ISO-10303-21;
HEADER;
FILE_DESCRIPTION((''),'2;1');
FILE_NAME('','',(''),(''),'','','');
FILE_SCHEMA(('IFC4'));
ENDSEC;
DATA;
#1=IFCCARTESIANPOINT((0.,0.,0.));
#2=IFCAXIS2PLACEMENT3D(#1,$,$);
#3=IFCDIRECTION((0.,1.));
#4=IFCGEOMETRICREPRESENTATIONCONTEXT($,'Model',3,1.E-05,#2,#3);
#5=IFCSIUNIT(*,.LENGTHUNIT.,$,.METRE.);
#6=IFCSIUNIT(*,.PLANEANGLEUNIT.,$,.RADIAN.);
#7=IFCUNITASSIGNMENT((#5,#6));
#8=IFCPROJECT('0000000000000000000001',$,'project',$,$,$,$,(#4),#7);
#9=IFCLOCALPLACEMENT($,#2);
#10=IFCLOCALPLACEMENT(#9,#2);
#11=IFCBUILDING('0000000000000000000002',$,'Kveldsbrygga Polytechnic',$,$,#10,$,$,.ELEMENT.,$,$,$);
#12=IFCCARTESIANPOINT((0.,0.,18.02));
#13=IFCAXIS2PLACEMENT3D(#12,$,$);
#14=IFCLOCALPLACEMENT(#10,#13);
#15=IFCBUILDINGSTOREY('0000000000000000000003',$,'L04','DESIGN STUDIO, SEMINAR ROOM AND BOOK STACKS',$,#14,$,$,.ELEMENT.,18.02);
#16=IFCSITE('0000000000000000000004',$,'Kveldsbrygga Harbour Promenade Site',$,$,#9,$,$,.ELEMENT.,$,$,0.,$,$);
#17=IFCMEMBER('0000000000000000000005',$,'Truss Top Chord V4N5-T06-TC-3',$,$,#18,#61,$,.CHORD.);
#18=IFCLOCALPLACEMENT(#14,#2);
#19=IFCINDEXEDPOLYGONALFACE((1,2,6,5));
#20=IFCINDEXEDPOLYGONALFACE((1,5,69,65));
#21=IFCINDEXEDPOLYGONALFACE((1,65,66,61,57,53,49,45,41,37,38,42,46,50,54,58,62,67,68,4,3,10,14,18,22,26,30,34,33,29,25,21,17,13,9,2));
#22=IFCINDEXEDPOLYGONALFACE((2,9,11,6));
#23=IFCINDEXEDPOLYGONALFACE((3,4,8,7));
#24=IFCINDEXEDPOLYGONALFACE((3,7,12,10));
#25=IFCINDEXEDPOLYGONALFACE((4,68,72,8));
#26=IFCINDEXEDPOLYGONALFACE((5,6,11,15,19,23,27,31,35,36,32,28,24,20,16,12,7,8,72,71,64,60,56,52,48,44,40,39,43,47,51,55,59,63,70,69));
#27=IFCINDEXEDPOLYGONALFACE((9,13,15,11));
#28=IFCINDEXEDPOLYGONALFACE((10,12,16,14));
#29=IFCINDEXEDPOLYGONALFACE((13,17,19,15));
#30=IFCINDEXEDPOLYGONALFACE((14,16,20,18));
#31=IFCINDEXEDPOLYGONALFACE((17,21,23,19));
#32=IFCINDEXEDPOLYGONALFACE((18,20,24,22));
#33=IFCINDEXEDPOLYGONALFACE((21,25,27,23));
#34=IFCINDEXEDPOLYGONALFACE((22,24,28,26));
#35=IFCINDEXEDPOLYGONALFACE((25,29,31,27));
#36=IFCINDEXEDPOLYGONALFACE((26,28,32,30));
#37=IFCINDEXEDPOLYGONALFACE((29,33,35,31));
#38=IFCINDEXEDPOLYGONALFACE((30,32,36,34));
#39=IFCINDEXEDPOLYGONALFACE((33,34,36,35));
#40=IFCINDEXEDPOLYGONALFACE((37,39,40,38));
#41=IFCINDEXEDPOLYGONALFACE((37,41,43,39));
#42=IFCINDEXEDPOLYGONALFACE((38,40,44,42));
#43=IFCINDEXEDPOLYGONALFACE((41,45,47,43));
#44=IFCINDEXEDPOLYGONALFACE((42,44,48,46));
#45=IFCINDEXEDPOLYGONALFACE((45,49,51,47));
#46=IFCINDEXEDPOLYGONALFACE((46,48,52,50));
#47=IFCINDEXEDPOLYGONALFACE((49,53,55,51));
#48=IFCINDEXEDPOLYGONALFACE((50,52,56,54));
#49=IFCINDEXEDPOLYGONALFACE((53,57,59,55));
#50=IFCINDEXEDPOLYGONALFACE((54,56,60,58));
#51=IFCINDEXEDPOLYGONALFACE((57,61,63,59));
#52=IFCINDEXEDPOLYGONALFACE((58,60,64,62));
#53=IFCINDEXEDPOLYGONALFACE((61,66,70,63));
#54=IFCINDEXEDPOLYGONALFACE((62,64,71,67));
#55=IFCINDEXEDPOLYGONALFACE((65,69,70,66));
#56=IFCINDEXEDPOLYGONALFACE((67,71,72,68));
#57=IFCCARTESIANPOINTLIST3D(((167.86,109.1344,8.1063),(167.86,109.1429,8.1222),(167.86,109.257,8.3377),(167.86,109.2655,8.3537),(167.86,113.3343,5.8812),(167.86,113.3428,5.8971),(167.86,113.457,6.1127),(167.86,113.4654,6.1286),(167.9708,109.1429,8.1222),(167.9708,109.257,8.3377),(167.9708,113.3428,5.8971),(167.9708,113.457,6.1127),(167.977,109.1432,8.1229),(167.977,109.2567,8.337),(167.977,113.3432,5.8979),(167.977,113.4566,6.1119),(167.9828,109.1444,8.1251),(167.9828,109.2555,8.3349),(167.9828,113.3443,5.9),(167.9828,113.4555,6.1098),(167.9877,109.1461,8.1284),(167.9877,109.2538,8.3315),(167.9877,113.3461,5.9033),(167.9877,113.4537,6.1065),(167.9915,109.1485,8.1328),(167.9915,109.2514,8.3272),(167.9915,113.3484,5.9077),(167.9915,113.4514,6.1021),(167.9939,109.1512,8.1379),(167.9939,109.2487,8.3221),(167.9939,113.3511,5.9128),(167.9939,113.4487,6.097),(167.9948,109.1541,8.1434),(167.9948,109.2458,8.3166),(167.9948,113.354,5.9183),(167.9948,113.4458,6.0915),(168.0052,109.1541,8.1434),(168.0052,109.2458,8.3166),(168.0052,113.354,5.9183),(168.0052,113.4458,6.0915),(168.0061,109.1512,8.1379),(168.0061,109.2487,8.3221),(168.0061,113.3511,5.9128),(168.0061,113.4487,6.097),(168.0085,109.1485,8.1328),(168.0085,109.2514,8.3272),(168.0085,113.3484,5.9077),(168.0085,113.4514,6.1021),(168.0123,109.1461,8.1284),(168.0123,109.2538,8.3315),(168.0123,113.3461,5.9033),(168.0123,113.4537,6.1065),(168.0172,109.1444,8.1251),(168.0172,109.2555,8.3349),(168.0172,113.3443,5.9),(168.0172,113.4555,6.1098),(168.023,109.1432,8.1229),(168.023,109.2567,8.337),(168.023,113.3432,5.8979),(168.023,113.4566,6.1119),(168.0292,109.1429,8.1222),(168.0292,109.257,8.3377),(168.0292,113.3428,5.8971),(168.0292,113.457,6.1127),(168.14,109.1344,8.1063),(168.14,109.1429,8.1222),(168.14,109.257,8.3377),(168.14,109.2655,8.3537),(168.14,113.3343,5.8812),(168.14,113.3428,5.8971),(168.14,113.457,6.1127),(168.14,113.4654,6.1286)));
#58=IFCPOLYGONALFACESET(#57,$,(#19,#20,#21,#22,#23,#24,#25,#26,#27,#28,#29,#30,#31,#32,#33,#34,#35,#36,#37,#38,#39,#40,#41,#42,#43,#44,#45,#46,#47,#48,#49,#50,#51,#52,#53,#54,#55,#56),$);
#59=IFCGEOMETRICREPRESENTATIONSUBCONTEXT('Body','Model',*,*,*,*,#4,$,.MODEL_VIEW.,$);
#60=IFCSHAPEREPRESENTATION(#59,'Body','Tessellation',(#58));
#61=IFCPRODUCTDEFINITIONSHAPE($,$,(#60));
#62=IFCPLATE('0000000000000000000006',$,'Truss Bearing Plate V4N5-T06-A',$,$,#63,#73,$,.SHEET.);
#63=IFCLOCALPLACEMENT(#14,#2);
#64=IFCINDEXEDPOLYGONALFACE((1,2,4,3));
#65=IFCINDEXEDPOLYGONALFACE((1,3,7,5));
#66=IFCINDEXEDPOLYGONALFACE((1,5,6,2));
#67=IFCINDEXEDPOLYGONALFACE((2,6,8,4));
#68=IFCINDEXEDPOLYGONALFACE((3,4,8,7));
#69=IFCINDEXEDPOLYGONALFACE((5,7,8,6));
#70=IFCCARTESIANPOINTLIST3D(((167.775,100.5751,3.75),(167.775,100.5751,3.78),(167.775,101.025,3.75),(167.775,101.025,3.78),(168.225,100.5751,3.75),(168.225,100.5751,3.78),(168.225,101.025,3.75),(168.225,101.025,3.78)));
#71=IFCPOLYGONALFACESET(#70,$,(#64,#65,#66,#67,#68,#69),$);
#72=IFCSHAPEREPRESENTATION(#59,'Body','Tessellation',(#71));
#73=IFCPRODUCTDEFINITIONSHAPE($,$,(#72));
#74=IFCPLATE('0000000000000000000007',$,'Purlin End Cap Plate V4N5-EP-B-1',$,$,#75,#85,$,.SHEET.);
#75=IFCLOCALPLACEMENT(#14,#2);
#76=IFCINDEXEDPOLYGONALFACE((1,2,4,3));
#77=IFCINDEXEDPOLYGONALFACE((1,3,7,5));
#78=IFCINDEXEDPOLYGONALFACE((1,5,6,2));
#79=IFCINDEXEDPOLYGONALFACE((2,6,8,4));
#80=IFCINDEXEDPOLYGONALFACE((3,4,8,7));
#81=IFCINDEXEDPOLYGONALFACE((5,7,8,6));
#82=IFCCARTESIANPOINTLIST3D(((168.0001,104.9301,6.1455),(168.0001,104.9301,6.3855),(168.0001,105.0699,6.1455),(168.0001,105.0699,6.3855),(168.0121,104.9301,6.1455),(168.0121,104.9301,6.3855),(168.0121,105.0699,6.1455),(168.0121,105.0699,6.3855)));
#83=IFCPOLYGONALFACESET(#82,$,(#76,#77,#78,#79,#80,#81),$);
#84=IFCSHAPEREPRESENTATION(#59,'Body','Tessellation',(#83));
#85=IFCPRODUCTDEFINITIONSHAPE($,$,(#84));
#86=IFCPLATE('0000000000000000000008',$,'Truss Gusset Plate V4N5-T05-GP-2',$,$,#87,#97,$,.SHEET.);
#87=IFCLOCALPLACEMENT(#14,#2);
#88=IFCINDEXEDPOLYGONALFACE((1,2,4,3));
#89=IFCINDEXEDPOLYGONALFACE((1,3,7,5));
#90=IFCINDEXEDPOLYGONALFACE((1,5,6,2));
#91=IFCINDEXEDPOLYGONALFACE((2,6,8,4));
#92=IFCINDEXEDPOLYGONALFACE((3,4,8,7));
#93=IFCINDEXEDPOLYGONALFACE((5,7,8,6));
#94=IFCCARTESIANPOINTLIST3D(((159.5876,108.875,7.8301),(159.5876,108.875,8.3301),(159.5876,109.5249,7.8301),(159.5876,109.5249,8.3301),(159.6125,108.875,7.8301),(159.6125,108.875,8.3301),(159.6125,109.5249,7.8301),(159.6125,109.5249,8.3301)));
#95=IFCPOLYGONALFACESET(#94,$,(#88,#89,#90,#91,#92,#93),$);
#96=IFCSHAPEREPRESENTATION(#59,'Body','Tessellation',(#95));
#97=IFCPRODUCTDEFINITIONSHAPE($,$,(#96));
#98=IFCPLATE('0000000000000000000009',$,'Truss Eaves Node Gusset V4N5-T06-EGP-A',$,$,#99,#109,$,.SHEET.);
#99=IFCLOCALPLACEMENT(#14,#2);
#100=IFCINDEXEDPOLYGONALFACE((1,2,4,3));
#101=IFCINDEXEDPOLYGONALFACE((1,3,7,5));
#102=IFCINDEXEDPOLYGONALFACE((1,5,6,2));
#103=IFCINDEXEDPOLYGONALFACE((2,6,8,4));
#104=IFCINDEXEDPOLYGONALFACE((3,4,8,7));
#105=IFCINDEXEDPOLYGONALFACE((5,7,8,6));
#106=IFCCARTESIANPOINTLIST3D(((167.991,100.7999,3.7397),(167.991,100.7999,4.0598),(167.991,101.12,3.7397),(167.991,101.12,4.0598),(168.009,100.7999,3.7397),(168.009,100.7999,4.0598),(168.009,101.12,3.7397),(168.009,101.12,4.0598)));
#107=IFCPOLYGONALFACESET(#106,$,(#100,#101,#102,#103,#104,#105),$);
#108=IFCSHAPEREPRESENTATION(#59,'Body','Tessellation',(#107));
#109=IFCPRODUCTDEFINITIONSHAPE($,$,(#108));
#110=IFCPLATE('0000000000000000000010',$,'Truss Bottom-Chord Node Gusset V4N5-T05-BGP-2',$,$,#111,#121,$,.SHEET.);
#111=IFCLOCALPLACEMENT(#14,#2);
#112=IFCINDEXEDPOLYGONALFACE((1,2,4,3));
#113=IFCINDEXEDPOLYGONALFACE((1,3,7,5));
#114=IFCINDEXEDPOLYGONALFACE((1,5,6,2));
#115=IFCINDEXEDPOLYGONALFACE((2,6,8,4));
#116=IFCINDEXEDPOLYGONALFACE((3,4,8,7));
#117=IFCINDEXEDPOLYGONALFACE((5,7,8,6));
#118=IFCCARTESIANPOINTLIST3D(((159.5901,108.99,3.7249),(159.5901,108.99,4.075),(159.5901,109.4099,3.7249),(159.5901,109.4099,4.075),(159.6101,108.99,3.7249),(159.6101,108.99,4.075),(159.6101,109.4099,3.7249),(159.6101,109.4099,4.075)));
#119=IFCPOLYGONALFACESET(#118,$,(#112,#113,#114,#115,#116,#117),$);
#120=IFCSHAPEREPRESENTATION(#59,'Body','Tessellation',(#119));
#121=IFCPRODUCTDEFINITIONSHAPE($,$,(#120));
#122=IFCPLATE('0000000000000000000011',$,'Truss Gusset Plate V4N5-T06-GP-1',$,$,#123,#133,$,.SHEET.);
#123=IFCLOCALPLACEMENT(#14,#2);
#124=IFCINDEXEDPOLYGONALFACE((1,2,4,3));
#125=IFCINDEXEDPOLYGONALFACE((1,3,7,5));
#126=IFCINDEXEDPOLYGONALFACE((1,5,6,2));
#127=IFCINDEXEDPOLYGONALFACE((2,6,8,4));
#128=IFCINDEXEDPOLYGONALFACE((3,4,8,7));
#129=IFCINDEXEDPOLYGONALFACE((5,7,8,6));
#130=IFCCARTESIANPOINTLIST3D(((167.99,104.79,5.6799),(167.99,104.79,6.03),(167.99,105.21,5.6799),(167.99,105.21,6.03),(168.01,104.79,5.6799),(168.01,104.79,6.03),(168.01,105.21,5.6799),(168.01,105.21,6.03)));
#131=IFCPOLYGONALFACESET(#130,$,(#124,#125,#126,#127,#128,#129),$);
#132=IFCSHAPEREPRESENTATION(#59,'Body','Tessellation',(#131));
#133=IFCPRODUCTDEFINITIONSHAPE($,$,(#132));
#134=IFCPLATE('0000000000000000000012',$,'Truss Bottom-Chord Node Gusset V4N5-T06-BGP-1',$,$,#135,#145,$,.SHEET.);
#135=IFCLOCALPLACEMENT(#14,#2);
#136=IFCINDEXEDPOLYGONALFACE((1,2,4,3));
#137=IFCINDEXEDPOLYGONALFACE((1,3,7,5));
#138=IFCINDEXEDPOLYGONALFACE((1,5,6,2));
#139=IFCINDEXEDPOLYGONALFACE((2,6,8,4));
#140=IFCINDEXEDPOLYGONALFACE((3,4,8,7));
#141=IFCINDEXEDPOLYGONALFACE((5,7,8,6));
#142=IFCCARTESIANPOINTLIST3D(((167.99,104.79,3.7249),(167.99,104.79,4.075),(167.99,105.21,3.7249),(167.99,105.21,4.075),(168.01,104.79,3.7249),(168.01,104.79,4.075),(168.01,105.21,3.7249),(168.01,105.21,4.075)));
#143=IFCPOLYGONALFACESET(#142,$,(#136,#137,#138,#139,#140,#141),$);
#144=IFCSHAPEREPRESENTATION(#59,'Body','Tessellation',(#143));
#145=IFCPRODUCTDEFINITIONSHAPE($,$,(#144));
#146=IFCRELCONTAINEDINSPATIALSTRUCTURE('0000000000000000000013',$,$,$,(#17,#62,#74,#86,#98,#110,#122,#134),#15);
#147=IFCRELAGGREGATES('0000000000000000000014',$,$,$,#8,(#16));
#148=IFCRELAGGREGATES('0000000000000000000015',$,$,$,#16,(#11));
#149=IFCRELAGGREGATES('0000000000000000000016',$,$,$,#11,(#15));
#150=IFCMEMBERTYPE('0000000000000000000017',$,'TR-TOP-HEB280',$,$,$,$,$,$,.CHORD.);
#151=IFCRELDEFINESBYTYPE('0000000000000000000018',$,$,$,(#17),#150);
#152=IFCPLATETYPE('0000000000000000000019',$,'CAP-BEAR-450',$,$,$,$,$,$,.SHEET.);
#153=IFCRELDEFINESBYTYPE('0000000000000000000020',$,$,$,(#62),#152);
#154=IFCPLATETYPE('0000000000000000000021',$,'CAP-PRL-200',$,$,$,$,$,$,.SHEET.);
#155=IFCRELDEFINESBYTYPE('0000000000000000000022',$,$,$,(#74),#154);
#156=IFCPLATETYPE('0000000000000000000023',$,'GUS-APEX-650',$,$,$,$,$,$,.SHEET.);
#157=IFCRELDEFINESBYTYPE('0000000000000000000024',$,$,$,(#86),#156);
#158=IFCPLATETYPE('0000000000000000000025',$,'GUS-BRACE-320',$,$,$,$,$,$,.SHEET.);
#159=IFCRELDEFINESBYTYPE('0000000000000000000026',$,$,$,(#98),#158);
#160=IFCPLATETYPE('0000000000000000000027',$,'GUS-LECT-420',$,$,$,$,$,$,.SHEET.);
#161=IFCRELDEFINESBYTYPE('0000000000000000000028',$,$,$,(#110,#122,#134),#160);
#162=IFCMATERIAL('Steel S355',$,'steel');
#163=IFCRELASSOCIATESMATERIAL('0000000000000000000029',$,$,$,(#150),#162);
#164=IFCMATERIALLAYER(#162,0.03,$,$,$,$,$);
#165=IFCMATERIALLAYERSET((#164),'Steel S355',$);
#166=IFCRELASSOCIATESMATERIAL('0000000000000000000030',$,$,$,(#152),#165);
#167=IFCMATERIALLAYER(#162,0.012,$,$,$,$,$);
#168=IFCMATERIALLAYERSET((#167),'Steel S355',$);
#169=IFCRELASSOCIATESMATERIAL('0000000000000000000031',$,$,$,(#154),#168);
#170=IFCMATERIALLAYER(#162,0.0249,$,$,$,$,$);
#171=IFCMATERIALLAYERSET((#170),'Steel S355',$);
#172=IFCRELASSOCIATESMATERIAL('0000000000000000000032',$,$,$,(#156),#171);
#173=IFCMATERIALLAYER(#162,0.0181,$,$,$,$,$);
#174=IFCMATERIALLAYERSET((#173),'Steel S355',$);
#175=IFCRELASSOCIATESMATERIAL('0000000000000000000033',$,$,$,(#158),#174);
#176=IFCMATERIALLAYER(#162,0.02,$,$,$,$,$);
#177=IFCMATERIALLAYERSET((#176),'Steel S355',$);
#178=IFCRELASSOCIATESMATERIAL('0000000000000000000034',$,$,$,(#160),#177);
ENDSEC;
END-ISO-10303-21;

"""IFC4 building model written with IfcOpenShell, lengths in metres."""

from ifc_helpers import new_model, si_unit, direction, frame, origin, origin_2d, place, context, subcontext, project, spatial, rectangle, i_section, extrude, material, layer, layer_set, material_profile, profile_set, type_object, element, save


model = new_model("IFC4")

# Units and contexts
model_context = context("Model", 3, precision=1e-05, world=origin(), true_north=direction((0.0, 1.0)))
body_context = subcontext(model_context, "Body", "Model", "MODEL_VIEW")
ifc_project = project(units=[si_unit("LENGTHUNIT", "METRE"), si_unit("PLANEANGLEUNIT", "RADIAN")], contexts=[model_context])

# Site, building, storey
site_placement = place(None, origin())
site = spatial("IfcSite", under=ifc_project, at=site_placement, Name="Kveldsbrygga Harbour Promenade Site", CompositionType="ELEMENT", RefElevation=0.0)
building_placement = place(site_placement, origin())
building = spatial("IfcBuilding", under=site, at=building_placement, Name="Kveldsbrygga Polytechnic", CompositionType="ELEMENT")
storey_placement = place(building_placement, frame((0.0, 0.0, 18.02)))
storey = spatial("IfcBuildingStorey", under=building, at=storey_placement, Name="L04", Description="DESIGN STUDIO, SEMINAR ROOM AND BOOK STACKS", CompositionType="ELEMENT", Elevation=18.02)

# Member
ifc_material_1 = material(Name="Steel S355", Category="steel")
ifc_material_profile_1 = material_profile(ifc_material_1, i_section(OverallWidth=0.28, OverallDepth=0.28, WebThickness=0.0105, FlangeThickness=0.0181, FilletRadius=0.0239, at=origin_2d()), Name="HEB 280")
ifc_profile_set_1 = profile_set([ifc_material_profile_1], Name="Steel S355")
member_type_1 = type_object("IfcMemberType", Name="TR-TOP-HEB280", PredefinedType="CHORD", material=ifc_profile_set_1)
for number, where, z_axis, x_axis, name in (
    (1, (168.0, 109.2, 8.23), (0.0, 0.883649, -0.46815), (-1.0, 0.0, 0.0), "Truss Top Chord V4N5-T06-TC-3"),
):
    element("IfcMember", number, at=place(storey_placement, frame(where, z_axis=z_axis, x_axis=x_axis)), inside=storey, type_object=member_type_1, Name=name, PredefinedType="CHORD", context=body_context, shape_type="SweptSolid", body=[
        extrude(i_section(OverallWidth=0.28, OverallDepth=0.28, WebThickness=0.0105, FlangeThickness=0.0181, FilletRadius=0.0239, at=origin_2d()), origin(), (0.0, 0.0, 1.0), 4.7529),
    ])

# Plates
ifc_layer_1 = layer(ifc_material_1, 0.03)
ifc_layer_set_1 = layer_set([ifc_layer_1], Name="Steel S355")
plate_type_1 = type_object("IfcPlateType", Name="CAP-BEAR-450", PredefinedType="SHEET", material=ifc_layer_set_1)
plate_1_placement = place(storey_placement, frame((168.0, 100.8, 3.75), z_axis=(0.0, 0.0, 1.0), x_axis=(1.0, 0.0, 0.0)))
element("IfcPlate", 2, at=plate_1_placement, inside=storey, type_object=plate_type_1, Name="Truss Bearing Plate V4N5-T06-A", PredefinedType="SHEET", context=body_context, shape_type="SweptSolid", body=[
    extrude(rectangle(XDim=0.45, YDim=0.45, at=origin_2d()), origin(), (0.0, 0.0, 1.0), 0.03),
])
ifc_layer_2 = layer(ifc_material_1, 0.012)
ifc_layer_set_2 = layer_set([ifc_layer_2], Name="Steel S355")
plate_type_2 = type_object("IfcPlateType", Name="CAP-PRL-200", PredefinedType="SHEET", material=ifc_layer_set_2)
plate_2_placement = place(storey_placement, frame((168.0061, 105.0, 6.1455), z_axis=(0.0, 0.0, 1.0), x_axis=(1.0, 0.0, 0.0)))
element("IfcPlate", 3, at=plate_2_placement, inside=storey, type_object=plate_type_2, Name="Purlin End Cap Plate V4N5-EP-B-1", PredefinedType="SHEET", context=body_context, shape_type="SweptSolid", body=[
    extrude(rectangle(XDim=0.012, YDim=0.1399, at=origin_2d()), origin(), (0.0, 0.0, 1.0), 0.24),
])
ifc_layer_3 = layer(ifc_material_1, 0.0249)
ifc_layer_set_3 = layer_set([ifc_layer_3], Name="Steel S355")
plate_type_3 = type_object("IfcPlateType", Name="GUS-APEX-650", PredefinedType="SHEET", material=ifc_layer_set_3)
plate_3_placement = place(storey_placement, frame((159.6001, 109.2, 7.8301), z_axis=(0.0, 0.0, 1.0), x_axis=(1.0, 0.0, 0.0)))
element("IfcPlate", 4, at=plate_3_placement, inside=storey, type_object=plate_type_3, Name="Truss Gusset Plate V4N5-T05-GP-2", PredefinedType="SHEET", context=body_context, shape_type="SweptSolid", body=[
    extrude(rectangle(XDim=0.0249, YDim=0.6499, at=origin_2d()), origin(), (0.0, 0.0, 1.0), 0.5),
])
ifc_layer_4 = layer(ifc_material_1, 0.0181)
ifc_layer_set_4 = layer_set([ifc_layer_4], Name="Steel S355")
plate_type_4 = type_object("IfcPlateType", Name="GUS-BRACE-320", PredefinedType="SHEET", material=ifc_layer_set_4)
plate_4_placement = place(storey_placement, frame((168.0, 100.96, 3.7397), z_axis=(0.0, 0.0, 1.0), x_axis=(1.0, 0.0, 0.0)))
element("IfcPlate", 5, at=plate_4_placement, inside=storey, type_object=plate_type_4, Name="Truss Eaves Node Gusset V4N5-T06-EGP-A", PredefinedType="SHEET", context=body_context, shape_type="SweptSolid", body=[
    extrude(rectangle(XDim=0.0181, YDim=0.3201, at=origin_2d()), origin(), (0.0, 0.0, 1.0), 0.3201),
])
ifc_layer_5 = layer(ifc_material_1, 0.02)
ifc_layer_set_5 = layer_set([ifc_layer_5], Name="Steel S355")
plate_type_5 = type_object("IfcPlateType", Name="GUS-LECT-420", PredefinedType="SHEET", material=ifc_layer_set_5)
for number, where, z_axis, x_axis, name in (
    (6, (159.6001, 109.2, 3.7249), (0.0, 0.0, 1.0), (1.0, 0.0, 0.0), "Truss Bottom-Chord Node Gusset V4N5-T05-BGP-2"),
    (7, (168.0, 105.0, 5.6799), (0.0, 0.0, 1.0), (1.0, 0.0, 0.0), "Truss Gusset Plate V4N5-T06-GP-1"),
    (8, (168.0, 105.0, 3.7249), (0.0, 0.0, 1.0), (1.0, 0.0, 0.0), "Truss Bottom-Chord Node Gusset V4N5-T06-BGP-1"),
):
    element("IfcPlate", number, at=place(storey_placement, frame(where, z_axis=z_axis, x_axis=x_axis)), inside=storey, type_object=plate_type_5, Name=name, PredefinedType="SHEET", context=body_context, shape_type="SweptSolid", body=[
        extrude(rectangle(XDim=0.02, YDim=0.4199, at=origin_2d()), origin(), (0.0, 0.0, 1.0), 0.3501),
    ])

save(model, "model.ifc")
